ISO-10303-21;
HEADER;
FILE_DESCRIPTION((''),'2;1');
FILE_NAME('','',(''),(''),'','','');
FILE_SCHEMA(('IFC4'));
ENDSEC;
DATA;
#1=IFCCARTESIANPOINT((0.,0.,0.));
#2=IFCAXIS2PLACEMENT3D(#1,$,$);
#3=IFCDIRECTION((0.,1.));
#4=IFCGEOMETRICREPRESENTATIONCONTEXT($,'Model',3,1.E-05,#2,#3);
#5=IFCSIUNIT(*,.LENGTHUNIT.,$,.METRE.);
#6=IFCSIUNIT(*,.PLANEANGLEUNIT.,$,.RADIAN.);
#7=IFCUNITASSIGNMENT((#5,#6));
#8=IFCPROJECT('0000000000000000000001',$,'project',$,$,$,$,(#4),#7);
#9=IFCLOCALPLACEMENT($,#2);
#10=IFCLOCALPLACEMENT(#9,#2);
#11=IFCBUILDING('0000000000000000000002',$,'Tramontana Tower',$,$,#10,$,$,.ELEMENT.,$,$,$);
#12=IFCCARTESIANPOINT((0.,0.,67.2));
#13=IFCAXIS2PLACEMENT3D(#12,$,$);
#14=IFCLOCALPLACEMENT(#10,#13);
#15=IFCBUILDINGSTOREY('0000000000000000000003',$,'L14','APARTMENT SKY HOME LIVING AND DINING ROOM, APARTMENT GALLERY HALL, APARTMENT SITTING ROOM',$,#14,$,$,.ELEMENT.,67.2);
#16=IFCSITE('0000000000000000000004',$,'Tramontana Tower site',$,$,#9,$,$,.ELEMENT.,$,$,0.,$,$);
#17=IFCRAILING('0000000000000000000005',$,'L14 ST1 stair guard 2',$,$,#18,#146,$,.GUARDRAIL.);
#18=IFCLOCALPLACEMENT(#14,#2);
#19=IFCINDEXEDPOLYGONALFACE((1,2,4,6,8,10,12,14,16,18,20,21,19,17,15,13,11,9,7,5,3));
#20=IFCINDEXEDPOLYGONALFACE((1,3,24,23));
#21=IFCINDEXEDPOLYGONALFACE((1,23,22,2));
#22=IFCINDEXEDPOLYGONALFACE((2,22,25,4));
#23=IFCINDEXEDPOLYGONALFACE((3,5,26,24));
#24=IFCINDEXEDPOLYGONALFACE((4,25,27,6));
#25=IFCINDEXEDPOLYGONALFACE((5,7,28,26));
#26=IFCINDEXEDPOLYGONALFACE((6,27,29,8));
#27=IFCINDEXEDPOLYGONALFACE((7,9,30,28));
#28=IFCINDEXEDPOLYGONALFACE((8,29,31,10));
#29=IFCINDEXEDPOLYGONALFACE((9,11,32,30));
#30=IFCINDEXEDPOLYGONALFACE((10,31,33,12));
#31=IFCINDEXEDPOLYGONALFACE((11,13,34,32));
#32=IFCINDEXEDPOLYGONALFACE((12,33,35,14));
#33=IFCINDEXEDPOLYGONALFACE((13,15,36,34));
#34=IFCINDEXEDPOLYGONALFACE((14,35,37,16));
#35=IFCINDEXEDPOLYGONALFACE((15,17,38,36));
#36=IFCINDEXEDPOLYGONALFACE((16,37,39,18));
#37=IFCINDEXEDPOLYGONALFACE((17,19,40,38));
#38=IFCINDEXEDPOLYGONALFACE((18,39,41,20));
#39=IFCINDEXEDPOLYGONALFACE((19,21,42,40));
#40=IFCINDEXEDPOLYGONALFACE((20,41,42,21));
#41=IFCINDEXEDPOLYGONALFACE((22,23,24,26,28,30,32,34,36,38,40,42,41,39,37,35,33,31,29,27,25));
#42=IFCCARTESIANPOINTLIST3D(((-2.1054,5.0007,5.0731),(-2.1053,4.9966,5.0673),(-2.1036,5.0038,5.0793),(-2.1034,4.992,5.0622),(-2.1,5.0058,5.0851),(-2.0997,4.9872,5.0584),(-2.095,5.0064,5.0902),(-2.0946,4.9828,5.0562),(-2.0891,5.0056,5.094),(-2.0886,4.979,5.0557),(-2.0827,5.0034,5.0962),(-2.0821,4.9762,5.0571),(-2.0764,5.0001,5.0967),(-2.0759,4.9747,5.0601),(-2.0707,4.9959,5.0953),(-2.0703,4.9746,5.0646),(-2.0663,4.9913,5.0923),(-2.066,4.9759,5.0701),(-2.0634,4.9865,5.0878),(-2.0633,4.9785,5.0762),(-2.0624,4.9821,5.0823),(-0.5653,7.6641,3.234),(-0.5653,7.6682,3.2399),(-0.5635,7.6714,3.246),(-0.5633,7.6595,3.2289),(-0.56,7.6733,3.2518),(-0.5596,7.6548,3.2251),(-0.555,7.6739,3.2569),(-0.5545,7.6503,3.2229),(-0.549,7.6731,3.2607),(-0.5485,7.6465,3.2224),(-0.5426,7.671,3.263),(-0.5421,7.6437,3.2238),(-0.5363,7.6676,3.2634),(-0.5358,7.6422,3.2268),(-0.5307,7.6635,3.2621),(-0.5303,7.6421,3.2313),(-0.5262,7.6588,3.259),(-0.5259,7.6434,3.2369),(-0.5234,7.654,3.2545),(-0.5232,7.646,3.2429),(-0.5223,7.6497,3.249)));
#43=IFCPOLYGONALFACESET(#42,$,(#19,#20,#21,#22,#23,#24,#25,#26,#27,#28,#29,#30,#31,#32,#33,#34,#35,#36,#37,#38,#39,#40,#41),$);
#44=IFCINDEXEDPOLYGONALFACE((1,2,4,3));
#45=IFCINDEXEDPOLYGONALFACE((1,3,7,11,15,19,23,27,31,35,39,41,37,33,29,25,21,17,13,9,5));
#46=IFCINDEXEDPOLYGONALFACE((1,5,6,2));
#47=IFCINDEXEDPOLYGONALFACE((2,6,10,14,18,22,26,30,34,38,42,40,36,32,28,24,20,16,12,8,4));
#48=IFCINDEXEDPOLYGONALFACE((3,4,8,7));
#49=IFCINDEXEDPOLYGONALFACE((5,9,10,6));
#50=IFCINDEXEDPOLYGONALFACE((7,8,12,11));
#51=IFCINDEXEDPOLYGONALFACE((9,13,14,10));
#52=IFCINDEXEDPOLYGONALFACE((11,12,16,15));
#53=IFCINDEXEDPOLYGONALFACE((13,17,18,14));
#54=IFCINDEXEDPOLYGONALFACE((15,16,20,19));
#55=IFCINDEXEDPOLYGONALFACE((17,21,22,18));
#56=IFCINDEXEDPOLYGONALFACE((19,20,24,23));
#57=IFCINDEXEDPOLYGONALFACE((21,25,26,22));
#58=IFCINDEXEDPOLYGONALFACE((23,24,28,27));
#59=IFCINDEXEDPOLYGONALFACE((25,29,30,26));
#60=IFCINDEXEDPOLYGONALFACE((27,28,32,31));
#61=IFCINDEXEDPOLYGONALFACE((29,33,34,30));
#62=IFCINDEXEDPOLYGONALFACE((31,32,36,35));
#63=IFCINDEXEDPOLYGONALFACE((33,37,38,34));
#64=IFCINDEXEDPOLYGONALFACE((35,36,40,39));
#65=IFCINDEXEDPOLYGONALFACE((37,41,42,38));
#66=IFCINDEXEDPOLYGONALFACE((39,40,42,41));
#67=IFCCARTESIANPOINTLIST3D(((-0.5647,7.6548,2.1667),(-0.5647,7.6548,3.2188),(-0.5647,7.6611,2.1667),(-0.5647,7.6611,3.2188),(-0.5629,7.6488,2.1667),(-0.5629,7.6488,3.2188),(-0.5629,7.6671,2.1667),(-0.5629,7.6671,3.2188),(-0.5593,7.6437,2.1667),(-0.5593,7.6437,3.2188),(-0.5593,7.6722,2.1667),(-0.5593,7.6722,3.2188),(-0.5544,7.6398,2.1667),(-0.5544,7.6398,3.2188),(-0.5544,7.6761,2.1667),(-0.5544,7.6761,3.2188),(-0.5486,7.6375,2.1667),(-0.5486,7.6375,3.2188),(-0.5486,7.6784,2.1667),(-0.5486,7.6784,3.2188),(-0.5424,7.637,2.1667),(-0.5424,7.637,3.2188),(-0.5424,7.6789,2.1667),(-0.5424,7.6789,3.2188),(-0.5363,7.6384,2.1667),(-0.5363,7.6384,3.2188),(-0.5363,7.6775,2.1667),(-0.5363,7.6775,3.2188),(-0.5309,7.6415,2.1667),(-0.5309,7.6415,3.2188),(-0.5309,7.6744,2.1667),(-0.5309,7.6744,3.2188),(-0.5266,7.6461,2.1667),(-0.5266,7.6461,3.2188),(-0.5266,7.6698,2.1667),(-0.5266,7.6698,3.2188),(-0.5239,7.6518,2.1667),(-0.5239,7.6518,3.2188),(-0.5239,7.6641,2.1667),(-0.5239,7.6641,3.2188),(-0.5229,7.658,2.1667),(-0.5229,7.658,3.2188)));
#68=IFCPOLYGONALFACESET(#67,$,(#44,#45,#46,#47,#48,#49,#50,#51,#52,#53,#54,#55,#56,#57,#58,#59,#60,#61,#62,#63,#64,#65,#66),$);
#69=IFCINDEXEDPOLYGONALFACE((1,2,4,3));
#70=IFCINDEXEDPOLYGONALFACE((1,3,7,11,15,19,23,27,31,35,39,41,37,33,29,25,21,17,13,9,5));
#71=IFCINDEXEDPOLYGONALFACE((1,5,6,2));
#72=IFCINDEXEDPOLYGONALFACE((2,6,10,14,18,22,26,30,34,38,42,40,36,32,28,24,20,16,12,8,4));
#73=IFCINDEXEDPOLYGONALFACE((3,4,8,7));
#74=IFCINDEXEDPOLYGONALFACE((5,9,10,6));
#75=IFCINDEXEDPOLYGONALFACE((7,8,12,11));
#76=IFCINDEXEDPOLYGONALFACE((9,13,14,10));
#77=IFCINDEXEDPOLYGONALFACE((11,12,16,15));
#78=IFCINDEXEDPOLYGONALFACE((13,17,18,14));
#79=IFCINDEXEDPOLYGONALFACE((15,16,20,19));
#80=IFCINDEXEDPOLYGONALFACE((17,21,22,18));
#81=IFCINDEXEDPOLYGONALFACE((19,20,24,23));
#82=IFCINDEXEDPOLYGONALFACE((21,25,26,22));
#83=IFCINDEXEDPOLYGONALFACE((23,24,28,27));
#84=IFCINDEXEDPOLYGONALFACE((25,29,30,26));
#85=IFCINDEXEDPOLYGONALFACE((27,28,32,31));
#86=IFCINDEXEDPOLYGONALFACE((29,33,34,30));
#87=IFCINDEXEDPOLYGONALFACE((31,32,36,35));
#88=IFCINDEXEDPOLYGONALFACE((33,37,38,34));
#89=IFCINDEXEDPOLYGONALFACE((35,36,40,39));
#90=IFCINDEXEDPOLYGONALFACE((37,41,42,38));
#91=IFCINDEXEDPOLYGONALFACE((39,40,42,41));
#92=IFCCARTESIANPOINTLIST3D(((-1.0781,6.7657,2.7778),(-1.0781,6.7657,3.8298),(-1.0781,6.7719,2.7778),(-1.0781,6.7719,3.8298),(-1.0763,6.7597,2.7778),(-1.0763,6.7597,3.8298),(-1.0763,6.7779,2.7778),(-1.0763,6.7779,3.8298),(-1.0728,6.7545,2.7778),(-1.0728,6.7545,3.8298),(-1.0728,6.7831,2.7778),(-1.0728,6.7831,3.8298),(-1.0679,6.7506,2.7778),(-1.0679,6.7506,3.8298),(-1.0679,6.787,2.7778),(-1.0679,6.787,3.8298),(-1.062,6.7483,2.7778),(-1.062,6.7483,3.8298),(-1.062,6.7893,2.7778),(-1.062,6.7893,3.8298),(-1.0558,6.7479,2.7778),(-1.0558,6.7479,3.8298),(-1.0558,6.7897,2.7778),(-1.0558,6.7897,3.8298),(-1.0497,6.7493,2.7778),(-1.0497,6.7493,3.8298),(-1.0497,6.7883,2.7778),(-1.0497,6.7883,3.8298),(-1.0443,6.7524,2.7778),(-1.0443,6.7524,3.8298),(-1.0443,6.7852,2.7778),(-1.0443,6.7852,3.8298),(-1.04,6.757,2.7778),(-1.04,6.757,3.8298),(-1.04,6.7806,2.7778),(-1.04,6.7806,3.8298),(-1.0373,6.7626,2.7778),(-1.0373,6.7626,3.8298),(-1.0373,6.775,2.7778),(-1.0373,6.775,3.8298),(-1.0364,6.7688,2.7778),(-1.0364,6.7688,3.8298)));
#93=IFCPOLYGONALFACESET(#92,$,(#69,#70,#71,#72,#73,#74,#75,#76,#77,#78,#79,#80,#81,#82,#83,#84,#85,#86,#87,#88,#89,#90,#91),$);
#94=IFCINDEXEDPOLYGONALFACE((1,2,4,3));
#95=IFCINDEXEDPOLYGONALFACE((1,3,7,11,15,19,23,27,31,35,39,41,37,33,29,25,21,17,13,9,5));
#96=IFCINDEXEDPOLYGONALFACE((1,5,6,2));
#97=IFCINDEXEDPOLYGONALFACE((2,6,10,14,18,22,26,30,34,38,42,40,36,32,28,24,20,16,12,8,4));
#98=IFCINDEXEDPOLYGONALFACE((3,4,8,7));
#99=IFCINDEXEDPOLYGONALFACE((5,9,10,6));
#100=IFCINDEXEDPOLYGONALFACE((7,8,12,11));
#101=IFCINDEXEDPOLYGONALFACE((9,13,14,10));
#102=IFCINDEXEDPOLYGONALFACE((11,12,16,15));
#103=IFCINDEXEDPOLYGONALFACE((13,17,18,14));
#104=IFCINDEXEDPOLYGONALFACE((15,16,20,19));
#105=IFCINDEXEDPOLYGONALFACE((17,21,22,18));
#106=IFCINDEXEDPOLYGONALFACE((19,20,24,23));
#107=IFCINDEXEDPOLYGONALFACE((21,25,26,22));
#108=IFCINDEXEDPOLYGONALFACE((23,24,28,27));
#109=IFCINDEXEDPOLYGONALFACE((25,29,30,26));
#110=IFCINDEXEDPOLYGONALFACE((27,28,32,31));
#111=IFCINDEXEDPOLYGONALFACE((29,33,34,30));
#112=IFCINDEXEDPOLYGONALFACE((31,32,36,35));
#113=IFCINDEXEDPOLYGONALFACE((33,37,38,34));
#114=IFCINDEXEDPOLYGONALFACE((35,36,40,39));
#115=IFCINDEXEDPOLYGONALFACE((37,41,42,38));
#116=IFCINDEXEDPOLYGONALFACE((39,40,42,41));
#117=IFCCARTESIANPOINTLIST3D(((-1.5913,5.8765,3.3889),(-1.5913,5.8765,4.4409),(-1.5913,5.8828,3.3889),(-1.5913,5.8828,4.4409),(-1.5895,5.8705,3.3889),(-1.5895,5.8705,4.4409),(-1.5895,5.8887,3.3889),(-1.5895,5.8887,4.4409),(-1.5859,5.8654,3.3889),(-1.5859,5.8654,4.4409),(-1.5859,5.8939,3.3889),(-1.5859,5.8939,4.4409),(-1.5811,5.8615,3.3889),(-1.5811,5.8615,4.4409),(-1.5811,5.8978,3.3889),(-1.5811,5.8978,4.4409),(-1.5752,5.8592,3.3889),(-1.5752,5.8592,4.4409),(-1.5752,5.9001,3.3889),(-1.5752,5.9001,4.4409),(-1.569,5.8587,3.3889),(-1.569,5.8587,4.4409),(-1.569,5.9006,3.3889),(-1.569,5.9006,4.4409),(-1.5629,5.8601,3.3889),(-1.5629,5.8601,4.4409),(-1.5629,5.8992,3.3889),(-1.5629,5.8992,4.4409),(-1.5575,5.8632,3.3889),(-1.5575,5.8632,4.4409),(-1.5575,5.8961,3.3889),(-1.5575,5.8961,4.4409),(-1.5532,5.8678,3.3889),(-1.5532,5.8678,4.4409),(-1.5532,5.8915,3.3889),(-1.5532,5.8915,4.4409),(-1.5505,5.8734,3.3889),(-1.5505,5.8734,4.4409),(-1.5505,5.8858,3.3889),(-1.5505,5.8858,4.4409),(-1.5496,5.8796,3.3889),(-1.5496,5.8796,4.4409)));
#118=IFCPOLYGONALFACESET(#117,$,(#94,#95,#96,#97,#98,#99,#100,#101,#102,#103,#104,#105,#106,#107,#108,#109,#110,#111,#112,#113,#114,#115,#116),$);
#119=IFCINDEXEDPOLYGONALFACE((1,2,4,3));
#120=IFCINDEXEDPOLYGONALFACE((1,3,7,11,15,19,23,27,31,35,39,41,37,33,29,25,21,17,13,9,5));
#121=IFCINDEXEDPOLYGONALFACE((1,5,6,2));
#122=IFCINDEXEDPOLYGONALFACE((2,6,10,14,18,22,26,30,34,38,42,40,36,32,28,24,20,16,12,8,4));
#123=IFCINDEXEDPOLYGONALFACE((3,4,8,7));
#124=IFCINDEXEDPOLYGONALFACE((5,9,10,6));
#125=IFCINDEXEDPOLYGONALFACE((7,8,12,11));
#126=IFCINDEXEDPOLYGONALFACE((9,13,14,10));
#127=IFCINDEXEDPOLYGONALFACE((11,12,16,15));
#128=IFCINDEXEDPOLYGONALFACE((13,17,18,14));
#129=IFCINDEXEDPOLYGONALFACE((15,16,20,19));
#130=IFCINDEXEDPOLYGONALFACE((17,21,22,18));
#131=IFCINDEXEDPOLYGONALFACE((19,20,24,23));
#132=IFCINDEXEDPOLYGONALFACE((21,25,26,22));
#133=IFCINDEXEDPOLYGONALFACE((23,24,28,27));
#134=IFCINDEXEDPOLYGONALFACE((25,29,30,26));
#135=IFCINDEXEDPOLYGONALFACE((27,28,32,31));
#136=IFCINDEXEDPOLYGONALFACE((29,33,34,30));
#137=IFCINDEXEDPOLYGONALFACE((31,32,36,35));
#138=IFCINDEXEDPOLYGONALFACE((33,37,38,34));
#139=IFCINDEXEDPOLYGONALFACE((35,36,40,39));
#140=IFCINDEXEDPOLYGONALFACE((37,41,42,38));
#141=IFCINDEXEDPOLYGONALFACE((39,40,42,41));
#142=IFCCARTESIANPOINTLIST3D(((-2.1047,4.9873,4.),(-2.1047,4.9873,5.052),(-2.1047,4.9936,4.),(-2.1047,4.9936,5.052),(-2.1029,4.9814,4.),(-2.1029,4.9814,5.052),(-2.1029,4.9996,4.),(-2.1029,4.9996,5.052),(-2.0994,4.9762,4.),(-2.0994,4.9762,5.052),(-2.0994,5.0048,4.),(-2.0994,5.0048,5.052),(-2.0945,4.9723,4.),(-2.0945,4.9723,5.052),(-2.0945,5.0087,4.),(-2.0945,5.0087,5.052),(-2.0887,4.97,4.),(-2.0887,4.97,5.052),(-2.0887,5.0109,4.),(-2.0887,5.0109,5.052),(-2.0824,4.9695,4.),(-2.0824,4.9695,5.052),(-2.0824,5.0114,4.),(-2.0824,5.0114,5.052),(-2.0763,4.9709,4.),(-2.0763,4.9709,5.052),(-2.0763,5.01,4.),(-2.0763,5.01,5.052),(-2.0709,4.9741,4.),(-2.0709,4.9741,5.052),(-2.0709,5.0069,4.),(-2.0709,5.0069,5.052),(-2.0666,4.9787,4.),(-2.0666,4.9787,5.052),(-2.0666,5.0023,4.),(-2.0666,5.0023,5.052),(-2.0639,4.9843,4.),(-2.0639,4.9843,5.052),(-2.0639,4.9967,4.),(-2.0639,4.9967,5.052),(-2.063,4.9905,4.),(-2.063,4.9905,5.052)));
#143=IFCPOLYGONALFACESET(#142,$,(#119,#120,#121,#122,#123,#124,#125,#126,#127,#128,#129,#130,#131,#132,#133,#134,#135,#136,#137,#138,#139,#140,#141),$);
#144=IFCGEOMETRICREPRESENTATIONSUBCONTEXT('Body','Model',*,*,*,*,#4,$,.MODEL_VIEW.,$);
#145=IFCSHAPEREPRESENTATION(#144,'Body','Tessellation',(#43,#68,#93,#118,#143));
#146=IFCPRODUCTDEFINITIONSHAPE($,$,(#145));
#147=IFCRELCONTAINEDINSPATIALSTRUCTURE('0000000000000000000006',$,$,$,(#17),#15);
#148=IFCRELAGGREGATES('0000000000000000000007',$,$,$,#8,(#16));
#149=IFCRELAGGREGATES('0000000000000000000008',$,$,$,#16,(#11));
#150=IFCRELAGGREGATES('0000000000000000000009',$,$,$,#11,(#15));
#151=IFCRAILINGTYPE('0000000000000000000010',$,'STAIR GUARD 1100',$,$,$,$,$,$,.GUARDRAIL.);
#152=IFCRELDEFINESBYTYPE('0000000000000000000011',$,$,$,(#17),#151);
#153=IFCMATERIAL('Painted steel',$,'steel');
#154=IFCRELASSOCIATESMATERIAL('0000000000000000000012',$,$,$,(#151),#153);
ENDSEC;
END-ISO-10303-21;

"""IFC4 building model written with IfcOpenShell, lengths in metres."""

from ifc_helpers import new_model, si_unit, direction, frame, origin, origin_2d, place, context, subcontext, project, spatial, circle, extrude, material, type_object, element, save


model = new_model("IFC4")

# Units and contexts
model_context = context("Model", 3, precision=1e-05, world=origin(), true_north=direction((0.0, 1.0)))
body_context = subcontext(model_context, "Body", "Model", "MODEL_VIEW")
ifc_project = project(units=[si_unit("LENGTHUNIT", "METRE"), si_unit("PLANEANGLEUNIT", "RADIAN")], contexts=[model_context])

# Site, building, storey
site_placement = place(None, origin())
site = spatial("IfcSite", under=ifc_project, at=site_placement, Name="Tramontana Tower site", CompositionType="ELEMENT", RefElevation=0.0)
building_placement = place(site_placement, origin())
building = spatial("IfcBuilding", under=site, at=building_placement, Name="Tramontana Tower", CompositionType="ELEMENT")
storey_placement = place(building_placement, frame((0.0, 0.0, 67.2)))
storey = spatial("IfcBuildingStorey", under=building, at=storey_placement, Name="L14", Description="APARTMENT SKY HOME LIVING AND DINING ROOM, APARTMENT GALLERY HALL, APARTMENT SITTING ROOM", CompositionType="ELEMENT", Elevation=67.2)

# Railing
ifc_material_1 = material(Name="Painted steel", Category="steel")
railing_type = type_object("IfcRailingType", Name="STAIR GUARD 1100", PredefinedType="GUARDRAIL", material=ifc_material_1)
railing_1_placement = place(storey_placement, frame((-0.5439, 7.658, 2.1667)))
element("IfcRailing", 1, at=railing_1_placement, inside=storey, type_object=railing_type, Name="L14 ST1 stair guard 2", PredefinedType="GUARDRAIL", context=body_context, shape_type="SweptSolid", body=[
    extrude(circle(Radius=0.0239, at=origin_2d()), frame((0.0, 0.0, 1.0762), z_axis=(-0.429649, -0.74419, 0.511452), x_axis=(0.86603, -0.499992, 0.0)), (0.0, 0.0, 1.0), 3.5845),
    extrude(circle(Radius=0.021, at=origin_2d()), origin(), (0.0, 0.0, 1.0), 1.052),
    extrude(circle(Radius=0.021, at=origin_2d()), frame((-0.5134, -0.8892, 0.6111)), (0.0, 0.0, 1.0), 1.052),
    extrude(circle(Radius=0.021, at=origin_2d()), frame((-1.0266, -1.7783, 1.2222)), (0.0, 0.0, 1.0), 1.052),
    extrude(circle(Radius=0.021, at=origin_2d()), frame((-1.54, -2.6675, 1.8333)), (0.0, 0.0, 1.0), 1.052),
])

save(model, "model.ifc")
